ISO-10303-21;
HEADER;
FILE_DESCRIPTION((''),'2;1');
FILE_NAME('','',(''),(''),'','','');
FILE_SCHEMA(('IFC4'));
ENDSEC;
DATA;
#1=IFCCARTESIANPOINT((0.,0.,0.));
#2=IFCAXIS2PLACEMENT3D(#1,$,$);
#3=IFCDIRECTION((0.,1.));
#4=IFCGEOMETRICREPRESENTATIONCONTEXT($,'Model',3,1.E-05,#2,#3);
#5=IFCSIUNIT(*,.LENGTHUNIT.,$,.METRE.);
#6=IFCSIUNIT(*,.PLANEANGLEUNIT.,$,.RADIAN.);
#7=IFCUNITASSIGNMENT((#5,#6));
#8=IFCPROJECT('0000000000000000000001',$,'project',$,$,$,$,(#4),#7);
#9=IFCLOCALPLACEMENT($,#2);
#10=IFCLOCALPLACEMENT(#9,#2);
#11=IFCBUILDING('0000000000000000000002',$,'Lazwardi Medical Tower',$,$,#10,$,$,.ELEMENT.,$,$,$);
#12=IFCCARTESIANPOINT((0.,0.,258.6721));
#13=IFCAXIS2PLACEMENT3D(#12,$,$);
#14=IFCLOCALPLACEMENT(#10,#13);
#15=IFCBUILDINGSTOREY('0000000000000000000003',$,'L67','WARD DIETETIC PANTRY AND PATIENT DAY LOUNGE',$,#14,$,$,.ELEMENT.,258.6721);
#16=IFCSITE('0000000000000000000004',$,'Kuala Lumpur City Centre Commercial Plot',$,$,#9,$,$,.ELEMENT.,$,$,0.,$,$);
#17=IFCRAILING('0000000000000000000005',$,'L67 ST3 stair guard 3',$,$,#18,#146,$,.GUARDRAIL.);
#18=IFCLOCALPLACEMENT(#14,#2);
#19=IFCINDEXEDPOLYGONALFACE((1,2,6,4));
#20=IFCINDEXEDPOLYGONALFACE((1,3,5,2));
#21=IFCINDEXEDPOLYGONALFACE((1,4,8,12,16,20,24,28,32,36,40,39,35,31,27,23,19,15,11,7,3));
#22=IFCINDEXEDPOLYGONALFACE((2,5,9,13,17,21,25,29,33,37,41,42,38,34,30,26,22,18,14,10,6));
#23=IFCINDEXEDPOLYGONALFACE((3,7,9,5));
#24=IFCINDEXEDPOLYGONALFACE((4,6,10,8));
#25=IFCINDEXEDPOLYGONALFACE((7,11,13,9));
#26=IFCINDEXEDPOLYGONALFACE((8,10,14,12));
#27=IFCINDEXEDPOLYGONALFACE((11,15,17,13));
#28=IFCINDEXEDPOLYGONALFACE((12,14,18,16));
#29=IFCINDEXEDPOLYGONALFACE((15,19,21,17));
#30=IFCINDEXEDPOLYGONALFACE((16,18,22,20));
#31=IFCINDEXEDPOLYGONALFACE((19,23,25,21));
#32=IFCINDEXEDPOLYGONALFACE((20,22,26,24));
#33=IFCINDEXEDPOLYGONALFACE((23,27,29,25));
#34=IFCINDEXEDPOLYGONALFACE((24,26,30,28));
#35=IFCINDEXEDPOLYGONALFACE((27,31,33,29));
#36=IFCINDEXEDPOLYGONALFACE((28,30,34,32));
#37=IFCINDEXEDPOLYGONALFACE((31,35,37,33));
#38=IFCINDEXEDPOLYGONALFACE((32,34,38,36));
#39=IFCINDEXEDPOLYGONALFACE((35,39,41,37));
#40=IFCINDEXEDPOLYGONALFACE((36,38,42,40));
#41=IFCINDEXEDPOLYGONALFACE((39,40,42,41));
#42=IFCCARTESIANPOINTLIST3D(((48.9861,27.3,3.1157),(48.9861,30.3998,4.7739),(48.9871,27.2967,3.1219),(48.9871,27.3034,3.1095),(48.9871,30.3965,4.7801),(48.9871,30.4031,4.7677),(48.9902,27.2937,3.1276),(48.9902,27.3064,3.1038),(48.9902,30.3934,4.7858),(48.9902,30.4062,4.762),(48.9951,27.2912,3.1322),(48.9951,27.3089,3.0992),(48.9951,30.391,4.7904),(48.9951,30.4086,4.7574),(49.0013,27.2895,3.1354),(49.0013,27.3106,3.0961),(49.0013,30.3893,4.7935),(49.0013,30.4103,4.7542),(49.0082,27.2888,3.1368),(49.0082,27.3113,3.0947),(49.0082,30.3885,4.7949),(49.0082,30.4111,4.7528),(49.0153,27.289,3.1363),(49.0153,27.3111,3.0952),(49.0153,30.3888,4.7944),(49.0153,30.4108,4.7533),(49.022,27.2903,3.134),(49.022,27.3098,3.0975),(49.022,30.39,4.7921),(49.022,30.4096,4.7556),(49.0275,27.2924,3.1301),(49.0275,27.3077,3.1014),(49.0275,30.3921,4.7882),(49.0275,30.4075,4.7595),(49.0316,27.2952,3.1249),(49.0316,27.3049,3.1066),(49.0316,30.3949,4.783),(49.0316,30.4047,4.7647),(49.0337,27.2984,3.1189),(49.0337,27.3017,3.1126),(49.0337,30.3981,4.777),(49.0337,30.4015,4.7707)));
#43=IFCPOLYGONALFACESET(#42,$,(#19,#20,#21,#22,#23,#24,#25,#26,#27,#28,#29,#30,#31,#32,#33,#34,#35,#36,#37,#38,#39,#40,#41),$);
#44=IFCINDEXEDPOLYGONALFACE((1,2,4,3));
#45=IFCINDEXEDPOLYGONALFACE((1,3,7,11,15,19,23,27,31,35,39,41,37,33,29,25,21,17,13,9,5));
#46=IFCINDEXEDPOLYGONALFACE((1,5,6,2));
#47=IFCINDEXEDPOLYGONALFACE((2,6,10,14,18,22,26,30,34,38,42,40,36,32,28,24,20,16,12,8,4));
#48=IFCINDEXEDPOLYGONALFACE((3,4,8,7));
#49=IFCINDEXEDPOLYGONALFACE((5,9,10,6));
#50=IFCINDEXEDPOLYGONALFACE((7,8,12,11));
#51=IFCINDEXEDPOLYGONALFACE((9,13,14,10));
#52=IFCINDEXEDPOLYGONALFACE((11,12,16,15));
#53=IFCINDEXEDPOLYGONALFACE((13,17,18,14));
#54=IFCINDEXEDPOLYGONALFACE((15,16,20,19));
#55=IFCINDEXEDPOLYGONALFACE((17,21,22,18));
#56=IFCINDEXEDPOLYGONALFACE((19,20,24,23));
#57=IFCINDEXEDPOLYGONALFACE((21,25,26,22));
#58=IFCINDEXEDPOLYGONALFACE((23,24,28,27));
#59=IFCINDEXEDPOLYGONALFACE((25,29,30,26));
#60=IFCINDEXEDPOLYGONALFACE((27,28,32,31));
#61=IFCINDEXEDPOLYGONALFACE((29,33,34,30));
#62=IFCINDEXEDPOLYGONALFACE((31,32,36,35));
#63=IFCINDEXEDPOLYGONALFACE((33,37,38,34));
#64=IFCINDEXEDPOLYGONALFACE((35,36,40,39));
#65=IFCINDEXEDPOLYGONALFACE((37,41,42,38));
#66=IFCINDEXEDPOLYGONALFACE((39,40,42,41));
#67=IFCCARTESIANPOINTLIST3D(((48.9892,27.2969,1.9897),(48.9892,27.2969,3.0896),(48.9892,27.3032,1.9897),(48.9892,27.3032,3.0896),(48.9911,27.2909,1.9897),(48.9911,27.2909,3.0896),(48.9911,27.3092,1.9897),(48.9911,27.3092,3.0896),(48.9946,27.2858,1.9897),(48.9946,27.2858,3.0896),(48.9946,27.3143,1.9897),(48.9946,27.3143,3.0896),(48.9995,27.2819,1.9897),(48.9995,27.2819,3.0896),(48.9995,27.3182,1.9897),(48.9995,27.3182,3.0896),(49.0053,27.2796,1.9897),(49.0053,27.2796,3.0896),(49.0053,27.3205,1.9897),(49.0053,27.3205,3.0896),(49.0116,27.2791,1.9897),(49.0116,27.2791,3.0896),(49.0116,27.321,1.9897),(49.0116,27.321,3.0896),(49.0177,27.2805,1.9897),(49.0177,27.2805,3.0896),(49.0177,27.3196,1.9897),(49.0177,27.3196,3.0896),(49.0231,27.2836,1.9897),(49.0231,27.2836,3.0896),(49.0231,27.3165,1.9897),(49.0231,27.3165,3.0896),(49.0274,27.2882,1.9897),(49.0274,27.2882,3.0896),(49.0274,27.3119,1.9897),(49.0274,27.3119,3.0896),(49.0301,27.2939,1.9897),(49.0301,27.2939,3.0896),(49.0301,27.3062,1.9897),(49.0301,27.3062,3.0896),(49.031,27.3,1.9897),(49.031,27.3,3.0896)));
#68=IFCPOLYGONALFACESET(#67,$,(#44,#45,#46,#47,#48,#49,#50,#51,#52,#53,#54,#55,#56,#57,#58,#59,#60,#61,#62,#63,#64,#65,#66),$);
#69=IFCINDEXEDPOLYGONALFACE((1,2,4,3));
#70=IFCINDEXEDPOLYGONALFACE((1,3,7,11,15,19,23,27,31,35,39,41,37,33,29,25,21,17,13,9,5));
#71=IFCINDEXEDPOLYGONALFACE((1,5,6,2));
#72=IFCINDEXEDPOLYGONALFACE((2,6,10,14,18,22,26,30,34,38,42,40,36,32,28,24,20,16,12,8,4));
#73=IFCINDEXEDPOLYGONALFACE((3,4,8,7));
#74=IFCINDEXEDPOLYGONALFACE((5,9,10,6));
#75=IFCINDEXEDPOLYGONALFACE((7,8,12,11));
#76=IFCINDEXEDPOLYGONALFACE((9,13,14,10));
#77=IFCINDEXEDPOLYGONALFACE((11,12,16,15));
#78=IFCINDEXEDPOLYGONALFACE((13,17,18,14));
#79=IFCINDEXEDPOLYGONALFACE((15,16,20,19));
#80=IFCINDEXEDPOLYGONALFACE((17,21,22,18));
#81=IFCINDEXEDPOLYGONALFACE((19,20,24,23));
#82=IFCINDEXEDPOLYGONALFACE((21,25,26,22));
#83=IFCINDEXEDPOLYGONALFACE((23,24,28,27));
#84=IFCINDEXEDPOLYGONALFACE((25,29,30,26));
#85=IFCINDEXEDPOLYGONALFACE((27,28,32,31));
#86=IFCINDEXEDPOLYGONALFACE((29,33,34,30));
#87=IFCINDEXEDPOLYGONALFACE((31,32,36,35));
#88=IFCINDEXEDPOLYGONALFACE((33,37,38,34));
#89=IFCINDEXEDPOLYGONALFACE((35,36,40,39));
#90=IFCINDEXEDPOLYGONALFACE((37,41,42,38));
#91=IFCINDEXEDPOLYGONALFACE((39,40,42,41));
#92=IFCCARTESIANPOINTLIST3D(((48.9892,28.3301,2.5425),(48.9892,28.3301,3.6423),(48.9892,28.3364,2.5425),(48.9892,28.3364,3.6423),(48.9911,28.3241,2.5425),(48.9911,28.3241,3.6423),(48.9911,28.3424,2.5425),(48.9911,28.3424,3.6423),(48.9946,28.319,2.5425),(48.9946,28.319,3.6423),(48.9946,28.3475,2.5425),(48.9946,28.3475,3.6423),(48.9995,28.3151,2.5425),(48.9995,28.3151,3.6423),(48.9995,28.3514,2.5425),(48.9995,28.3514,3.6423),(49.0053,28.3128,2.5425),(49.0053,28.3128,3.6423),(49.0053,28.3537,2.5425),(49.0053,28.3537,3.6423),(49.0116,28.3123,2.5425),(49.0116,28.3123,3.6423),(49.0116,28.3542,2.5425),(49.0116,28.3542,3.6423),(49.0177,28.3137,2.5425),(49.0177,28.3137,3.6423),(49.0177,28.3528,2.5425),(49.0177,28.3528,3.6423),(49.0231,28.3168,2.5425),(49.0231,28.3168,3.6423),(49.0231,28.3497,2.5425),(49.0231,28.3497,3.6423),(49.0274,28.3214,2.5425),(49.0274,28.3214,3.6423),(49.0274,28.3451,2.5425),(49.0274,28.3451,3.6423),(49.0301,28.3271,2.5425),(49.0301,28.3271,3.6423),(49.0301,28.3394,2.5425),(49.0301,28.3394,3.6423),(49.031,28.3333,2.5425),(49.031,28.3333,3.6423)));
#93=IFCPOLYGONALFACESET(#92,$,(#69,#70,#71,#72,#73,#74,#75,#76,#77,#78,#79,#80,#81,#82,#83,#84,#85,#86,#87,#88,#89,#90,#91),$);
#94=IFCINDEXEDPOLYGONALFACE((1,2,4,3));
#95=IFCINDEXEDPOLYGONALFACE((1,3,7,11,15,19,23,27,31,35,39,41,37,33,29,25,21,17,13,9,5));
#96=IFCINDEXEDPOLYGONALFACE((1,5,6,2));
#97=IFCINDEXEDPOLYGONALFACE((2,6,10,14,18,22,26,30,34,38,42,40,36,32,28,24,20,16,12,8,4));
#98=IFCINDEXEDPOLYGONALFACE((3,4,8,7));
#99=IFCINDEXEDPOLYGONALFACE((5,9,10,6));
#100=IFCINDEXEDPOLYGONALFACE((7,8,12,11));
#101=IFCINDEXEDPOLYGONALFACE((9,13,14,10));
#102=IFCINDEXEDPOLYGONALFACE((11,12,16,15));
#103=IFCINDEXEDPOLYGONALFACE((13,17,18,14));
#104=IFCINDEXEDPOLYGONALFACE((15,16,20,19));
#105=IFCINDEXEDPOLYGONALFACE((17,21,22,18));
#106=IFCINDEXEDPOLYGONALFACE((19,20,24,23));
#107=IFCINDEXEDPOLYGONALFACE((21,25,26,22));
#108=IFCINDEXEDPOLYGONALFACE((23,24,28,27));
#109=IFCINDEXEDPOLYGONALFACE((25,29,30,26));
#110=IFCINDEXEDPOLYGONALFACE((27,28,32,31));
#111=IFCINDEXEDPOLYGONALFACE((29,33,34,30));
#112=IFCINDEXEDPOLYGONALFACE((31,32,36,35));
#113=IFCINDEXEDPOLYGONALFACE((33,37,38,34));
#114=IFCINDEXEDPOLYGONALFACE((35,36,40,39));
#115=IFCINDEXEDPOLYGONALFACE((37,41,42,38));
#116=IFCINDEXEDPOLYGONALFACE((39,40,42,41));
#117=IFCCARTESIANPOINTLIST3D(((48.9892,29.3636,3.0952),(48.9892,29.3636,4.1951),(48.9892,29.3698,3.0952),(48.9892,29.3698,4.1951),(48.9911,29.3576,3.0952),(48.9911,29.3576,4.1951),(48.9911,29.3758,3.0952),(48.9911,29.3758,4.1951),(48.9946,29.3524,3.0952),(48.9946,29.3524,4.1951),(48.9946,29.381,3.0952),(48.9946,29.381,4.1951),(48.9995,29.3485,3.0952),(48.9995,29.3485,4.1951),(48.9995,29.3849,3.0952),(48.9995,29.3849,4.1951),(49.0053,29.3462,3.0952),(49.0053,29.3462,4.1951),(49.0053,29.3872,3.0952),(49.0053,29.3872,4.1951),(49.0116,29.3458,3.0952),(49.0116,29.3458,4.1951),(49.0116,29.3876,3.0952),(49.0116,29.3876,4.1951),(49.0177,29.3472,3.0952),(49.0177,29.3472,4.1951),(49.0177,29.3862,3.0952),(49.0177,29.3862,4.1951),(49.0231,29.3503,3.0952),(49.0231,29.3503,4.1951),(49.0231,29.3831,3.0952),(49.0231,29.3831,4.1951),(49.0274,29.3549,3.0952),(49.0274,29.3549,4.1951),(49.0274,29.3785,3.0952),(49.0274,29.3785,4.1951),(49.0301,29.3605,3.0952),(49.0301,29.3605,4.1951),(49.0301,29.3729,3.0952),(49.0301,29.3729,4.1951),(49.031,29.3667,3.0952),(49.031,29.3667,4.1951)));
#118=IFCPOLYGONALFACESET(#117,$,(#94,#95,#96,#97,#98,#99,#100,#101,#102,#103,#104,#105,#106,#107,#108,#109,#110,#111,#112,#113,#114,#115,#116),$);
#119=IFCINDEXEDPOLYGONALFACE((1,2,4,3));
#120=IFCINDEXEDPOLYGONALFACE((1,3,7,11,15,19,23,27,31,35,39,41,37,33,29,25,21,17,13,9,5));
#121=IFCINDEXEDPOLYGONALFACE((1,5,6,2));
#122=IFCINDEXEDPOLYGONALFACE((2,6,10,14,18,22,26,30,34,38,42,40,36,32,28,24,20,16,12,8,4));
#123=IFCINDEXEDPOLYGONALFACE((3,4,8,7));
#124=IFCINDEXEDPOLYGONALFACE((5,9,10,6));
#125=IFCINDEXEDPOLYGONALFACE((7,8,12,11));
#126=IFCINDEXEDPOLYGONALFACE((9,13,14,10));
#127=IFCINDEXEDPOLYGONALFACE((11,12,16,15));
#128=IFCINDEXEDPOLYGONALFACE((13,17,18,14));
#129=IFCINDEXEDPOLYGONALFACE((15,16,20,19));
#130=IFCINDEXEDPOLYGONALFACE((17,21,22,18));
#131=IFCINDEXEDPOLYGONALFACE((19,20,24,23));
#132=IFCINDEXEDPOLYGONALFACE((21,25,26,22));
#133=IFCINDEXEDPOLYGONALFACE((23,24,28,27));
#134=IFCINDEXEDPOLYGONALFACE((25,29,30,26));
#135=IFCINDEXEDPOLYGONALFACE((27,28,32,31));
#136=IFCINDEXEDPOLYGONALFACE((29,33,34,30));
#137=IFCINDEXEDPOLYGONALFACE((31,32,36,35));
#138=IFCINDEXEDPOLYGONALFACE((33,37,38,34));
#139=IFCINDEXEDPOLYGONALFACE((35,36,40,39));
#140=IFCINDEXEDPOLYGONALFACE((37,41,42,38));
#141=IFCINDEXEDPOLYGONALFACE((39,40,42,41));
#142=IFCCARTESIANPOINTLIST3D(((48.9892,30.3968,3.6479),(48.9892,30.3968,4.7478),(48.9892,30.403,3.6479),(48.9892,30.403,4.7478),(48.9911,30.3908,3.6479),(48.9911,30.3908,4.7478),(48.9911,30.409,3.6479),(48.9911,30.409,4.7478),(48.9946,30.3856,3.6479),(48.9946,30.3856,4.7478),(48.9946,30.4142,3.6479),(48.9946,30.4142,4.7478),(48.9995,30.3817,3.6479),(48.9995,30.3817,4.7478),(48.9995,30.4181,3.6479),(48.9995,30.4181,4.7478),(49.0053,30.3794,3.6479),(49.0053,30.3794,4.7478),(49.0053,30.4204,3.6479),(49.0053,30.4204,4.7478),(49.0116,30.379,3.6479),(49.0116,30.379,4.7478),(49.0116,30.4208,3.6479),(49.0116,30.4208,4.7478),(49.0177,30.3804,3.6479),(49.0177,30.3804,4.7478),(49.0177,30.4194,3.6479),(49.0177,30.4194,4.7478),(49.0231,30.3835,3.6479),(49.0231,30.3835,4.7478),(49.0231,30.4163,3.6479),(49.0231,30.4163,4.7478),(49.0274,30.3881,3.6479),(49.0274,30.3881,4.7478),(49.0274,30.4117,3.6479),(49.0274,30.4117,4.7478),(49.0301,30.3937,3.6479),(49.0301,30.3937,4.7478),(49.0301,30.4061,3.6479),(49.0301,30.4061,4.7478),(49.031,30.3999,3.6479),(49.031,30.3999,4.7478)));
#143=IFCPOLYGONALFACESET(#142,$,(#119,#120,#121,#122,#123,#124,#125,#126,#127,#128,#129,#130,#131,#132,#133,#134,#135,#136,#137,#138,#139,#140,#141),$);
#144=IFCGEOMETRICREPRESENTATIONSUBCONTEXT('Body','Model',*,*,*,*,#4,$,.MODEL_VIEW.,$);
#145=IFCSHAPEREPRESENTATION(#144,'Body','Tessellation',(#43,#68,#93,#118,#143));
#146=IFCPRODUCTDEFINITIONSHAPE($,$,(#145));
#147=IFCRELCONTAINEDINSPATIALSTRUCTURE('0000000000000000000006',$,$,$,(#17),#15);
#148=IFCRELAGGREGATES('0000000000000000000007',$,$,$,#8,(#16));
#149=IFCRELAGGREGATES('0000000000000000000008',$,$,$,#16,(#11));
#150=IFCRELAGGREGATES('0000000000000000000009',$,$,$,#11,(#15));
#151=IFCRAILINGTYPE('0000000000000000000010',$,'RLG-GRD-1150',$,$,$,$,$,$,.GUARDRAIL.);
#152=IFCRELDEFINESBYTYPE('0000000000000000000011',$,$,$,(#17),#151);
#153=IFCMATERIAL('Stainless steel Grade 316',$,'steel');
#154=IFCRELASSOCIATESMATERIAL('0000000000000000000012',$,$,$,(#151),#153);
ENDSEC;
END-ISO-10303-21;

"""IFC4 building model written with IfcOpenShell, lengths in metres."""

from ifc_helpers import new_model, si_unit, direction, frame, origin, origin_2d, place, context, subcontext, project, spatial, circle, extrude, material, type_object, element, save


model = new_model("IFC4")

# Units and contexts
model_context = context("Model", 3, precision=1e-05, world=origin(), true_north=direction((0.0, 1.0)))
body_context = subcontext(model_context, "Body", "Model", "MODEL_VIEW")
ifc_project = project(units=[si_unit("LENGTHUNIT", "METRE"), si_unit("PLANEANGLEUNIT", "RADIAN")], contexts=[model_context])

# Site, building, storey
site_placement = place(None, origin())
site = spatial("IfcSite", under=ifc_project, at=site_placement, Name="Kuala Lumpur City Centre Commercial Plot", CompositionType="ELEMENT", RefElevation=0.0)
building_placement = place(site_placement, origin())
building = spatial("IfcBuilding", under=site, at=building_placement, Name="Lazwardi Medical Tower", CompositionType="ELEMENT")
storey_placement = place(building_placement, frame((0.0, 0.0, 258.6721)))
storey = spatial("IfcBuildingStorey", under=building, at=storey_placement, Name="L67", Description="WARD DIETETIC PANTRY AND PATIENT DAY LOUNGE", CompositionType="ELEMENT", Elevation=258.6721)

# Railing
ifc_material_1 = material(Name="Stainless steel Grade 316", Category="steel")
railing_type_1 = type_object("IfcRailingType", Name="RLG-GRD-1150", PredefinedType="GUARDRAIL", material=ifc_material_1)
railing_1_placement = place(storey_placement, frame((49.01, 27.3, 1.9897)))
element("IfcRailing", 1, at=railing_1_placement, inside=storey, type_object=railing_type_1, Name="L67 ST3 stair guard 3", PredefinedType="GUARDRAIL", context=body_context, shape_type="SweptSolid", body=[
    extrude(circle(Radius=0.0239, at=origin_2d()), frame((0.0, 0.0, 1.126), z_axis=(0.0, 0.881768, 0.471684), x_axis=(-1.0, 0.0, 0.0)), (0.0, 0.0, 1.0), 3.5154),
    extrude(circle(Radius=0.021, at=origin_2d()), origin(), (0.0, 0.0, 1.0), 1.0999),
    extrude(circle(Radius=0.021, at=origin_2d()), frame((0.0, 1.0332, 0.5527)), (0.0, 0.0, 1.0), 1.0999),
    extrude(circle(Radius=0.021, at=origin_2d()), frame((0.0, 2.0667, 1.1055)), (0.0, 0.0, 1.0), 1.0999),
    extrude(circle(Radius=0.021, at=origin_2d()), frame((0.0, 3.0999, 1.6582)), (0.0, 0.0, 1.0), 1.0999),
])

save(model, "model.ifc")
